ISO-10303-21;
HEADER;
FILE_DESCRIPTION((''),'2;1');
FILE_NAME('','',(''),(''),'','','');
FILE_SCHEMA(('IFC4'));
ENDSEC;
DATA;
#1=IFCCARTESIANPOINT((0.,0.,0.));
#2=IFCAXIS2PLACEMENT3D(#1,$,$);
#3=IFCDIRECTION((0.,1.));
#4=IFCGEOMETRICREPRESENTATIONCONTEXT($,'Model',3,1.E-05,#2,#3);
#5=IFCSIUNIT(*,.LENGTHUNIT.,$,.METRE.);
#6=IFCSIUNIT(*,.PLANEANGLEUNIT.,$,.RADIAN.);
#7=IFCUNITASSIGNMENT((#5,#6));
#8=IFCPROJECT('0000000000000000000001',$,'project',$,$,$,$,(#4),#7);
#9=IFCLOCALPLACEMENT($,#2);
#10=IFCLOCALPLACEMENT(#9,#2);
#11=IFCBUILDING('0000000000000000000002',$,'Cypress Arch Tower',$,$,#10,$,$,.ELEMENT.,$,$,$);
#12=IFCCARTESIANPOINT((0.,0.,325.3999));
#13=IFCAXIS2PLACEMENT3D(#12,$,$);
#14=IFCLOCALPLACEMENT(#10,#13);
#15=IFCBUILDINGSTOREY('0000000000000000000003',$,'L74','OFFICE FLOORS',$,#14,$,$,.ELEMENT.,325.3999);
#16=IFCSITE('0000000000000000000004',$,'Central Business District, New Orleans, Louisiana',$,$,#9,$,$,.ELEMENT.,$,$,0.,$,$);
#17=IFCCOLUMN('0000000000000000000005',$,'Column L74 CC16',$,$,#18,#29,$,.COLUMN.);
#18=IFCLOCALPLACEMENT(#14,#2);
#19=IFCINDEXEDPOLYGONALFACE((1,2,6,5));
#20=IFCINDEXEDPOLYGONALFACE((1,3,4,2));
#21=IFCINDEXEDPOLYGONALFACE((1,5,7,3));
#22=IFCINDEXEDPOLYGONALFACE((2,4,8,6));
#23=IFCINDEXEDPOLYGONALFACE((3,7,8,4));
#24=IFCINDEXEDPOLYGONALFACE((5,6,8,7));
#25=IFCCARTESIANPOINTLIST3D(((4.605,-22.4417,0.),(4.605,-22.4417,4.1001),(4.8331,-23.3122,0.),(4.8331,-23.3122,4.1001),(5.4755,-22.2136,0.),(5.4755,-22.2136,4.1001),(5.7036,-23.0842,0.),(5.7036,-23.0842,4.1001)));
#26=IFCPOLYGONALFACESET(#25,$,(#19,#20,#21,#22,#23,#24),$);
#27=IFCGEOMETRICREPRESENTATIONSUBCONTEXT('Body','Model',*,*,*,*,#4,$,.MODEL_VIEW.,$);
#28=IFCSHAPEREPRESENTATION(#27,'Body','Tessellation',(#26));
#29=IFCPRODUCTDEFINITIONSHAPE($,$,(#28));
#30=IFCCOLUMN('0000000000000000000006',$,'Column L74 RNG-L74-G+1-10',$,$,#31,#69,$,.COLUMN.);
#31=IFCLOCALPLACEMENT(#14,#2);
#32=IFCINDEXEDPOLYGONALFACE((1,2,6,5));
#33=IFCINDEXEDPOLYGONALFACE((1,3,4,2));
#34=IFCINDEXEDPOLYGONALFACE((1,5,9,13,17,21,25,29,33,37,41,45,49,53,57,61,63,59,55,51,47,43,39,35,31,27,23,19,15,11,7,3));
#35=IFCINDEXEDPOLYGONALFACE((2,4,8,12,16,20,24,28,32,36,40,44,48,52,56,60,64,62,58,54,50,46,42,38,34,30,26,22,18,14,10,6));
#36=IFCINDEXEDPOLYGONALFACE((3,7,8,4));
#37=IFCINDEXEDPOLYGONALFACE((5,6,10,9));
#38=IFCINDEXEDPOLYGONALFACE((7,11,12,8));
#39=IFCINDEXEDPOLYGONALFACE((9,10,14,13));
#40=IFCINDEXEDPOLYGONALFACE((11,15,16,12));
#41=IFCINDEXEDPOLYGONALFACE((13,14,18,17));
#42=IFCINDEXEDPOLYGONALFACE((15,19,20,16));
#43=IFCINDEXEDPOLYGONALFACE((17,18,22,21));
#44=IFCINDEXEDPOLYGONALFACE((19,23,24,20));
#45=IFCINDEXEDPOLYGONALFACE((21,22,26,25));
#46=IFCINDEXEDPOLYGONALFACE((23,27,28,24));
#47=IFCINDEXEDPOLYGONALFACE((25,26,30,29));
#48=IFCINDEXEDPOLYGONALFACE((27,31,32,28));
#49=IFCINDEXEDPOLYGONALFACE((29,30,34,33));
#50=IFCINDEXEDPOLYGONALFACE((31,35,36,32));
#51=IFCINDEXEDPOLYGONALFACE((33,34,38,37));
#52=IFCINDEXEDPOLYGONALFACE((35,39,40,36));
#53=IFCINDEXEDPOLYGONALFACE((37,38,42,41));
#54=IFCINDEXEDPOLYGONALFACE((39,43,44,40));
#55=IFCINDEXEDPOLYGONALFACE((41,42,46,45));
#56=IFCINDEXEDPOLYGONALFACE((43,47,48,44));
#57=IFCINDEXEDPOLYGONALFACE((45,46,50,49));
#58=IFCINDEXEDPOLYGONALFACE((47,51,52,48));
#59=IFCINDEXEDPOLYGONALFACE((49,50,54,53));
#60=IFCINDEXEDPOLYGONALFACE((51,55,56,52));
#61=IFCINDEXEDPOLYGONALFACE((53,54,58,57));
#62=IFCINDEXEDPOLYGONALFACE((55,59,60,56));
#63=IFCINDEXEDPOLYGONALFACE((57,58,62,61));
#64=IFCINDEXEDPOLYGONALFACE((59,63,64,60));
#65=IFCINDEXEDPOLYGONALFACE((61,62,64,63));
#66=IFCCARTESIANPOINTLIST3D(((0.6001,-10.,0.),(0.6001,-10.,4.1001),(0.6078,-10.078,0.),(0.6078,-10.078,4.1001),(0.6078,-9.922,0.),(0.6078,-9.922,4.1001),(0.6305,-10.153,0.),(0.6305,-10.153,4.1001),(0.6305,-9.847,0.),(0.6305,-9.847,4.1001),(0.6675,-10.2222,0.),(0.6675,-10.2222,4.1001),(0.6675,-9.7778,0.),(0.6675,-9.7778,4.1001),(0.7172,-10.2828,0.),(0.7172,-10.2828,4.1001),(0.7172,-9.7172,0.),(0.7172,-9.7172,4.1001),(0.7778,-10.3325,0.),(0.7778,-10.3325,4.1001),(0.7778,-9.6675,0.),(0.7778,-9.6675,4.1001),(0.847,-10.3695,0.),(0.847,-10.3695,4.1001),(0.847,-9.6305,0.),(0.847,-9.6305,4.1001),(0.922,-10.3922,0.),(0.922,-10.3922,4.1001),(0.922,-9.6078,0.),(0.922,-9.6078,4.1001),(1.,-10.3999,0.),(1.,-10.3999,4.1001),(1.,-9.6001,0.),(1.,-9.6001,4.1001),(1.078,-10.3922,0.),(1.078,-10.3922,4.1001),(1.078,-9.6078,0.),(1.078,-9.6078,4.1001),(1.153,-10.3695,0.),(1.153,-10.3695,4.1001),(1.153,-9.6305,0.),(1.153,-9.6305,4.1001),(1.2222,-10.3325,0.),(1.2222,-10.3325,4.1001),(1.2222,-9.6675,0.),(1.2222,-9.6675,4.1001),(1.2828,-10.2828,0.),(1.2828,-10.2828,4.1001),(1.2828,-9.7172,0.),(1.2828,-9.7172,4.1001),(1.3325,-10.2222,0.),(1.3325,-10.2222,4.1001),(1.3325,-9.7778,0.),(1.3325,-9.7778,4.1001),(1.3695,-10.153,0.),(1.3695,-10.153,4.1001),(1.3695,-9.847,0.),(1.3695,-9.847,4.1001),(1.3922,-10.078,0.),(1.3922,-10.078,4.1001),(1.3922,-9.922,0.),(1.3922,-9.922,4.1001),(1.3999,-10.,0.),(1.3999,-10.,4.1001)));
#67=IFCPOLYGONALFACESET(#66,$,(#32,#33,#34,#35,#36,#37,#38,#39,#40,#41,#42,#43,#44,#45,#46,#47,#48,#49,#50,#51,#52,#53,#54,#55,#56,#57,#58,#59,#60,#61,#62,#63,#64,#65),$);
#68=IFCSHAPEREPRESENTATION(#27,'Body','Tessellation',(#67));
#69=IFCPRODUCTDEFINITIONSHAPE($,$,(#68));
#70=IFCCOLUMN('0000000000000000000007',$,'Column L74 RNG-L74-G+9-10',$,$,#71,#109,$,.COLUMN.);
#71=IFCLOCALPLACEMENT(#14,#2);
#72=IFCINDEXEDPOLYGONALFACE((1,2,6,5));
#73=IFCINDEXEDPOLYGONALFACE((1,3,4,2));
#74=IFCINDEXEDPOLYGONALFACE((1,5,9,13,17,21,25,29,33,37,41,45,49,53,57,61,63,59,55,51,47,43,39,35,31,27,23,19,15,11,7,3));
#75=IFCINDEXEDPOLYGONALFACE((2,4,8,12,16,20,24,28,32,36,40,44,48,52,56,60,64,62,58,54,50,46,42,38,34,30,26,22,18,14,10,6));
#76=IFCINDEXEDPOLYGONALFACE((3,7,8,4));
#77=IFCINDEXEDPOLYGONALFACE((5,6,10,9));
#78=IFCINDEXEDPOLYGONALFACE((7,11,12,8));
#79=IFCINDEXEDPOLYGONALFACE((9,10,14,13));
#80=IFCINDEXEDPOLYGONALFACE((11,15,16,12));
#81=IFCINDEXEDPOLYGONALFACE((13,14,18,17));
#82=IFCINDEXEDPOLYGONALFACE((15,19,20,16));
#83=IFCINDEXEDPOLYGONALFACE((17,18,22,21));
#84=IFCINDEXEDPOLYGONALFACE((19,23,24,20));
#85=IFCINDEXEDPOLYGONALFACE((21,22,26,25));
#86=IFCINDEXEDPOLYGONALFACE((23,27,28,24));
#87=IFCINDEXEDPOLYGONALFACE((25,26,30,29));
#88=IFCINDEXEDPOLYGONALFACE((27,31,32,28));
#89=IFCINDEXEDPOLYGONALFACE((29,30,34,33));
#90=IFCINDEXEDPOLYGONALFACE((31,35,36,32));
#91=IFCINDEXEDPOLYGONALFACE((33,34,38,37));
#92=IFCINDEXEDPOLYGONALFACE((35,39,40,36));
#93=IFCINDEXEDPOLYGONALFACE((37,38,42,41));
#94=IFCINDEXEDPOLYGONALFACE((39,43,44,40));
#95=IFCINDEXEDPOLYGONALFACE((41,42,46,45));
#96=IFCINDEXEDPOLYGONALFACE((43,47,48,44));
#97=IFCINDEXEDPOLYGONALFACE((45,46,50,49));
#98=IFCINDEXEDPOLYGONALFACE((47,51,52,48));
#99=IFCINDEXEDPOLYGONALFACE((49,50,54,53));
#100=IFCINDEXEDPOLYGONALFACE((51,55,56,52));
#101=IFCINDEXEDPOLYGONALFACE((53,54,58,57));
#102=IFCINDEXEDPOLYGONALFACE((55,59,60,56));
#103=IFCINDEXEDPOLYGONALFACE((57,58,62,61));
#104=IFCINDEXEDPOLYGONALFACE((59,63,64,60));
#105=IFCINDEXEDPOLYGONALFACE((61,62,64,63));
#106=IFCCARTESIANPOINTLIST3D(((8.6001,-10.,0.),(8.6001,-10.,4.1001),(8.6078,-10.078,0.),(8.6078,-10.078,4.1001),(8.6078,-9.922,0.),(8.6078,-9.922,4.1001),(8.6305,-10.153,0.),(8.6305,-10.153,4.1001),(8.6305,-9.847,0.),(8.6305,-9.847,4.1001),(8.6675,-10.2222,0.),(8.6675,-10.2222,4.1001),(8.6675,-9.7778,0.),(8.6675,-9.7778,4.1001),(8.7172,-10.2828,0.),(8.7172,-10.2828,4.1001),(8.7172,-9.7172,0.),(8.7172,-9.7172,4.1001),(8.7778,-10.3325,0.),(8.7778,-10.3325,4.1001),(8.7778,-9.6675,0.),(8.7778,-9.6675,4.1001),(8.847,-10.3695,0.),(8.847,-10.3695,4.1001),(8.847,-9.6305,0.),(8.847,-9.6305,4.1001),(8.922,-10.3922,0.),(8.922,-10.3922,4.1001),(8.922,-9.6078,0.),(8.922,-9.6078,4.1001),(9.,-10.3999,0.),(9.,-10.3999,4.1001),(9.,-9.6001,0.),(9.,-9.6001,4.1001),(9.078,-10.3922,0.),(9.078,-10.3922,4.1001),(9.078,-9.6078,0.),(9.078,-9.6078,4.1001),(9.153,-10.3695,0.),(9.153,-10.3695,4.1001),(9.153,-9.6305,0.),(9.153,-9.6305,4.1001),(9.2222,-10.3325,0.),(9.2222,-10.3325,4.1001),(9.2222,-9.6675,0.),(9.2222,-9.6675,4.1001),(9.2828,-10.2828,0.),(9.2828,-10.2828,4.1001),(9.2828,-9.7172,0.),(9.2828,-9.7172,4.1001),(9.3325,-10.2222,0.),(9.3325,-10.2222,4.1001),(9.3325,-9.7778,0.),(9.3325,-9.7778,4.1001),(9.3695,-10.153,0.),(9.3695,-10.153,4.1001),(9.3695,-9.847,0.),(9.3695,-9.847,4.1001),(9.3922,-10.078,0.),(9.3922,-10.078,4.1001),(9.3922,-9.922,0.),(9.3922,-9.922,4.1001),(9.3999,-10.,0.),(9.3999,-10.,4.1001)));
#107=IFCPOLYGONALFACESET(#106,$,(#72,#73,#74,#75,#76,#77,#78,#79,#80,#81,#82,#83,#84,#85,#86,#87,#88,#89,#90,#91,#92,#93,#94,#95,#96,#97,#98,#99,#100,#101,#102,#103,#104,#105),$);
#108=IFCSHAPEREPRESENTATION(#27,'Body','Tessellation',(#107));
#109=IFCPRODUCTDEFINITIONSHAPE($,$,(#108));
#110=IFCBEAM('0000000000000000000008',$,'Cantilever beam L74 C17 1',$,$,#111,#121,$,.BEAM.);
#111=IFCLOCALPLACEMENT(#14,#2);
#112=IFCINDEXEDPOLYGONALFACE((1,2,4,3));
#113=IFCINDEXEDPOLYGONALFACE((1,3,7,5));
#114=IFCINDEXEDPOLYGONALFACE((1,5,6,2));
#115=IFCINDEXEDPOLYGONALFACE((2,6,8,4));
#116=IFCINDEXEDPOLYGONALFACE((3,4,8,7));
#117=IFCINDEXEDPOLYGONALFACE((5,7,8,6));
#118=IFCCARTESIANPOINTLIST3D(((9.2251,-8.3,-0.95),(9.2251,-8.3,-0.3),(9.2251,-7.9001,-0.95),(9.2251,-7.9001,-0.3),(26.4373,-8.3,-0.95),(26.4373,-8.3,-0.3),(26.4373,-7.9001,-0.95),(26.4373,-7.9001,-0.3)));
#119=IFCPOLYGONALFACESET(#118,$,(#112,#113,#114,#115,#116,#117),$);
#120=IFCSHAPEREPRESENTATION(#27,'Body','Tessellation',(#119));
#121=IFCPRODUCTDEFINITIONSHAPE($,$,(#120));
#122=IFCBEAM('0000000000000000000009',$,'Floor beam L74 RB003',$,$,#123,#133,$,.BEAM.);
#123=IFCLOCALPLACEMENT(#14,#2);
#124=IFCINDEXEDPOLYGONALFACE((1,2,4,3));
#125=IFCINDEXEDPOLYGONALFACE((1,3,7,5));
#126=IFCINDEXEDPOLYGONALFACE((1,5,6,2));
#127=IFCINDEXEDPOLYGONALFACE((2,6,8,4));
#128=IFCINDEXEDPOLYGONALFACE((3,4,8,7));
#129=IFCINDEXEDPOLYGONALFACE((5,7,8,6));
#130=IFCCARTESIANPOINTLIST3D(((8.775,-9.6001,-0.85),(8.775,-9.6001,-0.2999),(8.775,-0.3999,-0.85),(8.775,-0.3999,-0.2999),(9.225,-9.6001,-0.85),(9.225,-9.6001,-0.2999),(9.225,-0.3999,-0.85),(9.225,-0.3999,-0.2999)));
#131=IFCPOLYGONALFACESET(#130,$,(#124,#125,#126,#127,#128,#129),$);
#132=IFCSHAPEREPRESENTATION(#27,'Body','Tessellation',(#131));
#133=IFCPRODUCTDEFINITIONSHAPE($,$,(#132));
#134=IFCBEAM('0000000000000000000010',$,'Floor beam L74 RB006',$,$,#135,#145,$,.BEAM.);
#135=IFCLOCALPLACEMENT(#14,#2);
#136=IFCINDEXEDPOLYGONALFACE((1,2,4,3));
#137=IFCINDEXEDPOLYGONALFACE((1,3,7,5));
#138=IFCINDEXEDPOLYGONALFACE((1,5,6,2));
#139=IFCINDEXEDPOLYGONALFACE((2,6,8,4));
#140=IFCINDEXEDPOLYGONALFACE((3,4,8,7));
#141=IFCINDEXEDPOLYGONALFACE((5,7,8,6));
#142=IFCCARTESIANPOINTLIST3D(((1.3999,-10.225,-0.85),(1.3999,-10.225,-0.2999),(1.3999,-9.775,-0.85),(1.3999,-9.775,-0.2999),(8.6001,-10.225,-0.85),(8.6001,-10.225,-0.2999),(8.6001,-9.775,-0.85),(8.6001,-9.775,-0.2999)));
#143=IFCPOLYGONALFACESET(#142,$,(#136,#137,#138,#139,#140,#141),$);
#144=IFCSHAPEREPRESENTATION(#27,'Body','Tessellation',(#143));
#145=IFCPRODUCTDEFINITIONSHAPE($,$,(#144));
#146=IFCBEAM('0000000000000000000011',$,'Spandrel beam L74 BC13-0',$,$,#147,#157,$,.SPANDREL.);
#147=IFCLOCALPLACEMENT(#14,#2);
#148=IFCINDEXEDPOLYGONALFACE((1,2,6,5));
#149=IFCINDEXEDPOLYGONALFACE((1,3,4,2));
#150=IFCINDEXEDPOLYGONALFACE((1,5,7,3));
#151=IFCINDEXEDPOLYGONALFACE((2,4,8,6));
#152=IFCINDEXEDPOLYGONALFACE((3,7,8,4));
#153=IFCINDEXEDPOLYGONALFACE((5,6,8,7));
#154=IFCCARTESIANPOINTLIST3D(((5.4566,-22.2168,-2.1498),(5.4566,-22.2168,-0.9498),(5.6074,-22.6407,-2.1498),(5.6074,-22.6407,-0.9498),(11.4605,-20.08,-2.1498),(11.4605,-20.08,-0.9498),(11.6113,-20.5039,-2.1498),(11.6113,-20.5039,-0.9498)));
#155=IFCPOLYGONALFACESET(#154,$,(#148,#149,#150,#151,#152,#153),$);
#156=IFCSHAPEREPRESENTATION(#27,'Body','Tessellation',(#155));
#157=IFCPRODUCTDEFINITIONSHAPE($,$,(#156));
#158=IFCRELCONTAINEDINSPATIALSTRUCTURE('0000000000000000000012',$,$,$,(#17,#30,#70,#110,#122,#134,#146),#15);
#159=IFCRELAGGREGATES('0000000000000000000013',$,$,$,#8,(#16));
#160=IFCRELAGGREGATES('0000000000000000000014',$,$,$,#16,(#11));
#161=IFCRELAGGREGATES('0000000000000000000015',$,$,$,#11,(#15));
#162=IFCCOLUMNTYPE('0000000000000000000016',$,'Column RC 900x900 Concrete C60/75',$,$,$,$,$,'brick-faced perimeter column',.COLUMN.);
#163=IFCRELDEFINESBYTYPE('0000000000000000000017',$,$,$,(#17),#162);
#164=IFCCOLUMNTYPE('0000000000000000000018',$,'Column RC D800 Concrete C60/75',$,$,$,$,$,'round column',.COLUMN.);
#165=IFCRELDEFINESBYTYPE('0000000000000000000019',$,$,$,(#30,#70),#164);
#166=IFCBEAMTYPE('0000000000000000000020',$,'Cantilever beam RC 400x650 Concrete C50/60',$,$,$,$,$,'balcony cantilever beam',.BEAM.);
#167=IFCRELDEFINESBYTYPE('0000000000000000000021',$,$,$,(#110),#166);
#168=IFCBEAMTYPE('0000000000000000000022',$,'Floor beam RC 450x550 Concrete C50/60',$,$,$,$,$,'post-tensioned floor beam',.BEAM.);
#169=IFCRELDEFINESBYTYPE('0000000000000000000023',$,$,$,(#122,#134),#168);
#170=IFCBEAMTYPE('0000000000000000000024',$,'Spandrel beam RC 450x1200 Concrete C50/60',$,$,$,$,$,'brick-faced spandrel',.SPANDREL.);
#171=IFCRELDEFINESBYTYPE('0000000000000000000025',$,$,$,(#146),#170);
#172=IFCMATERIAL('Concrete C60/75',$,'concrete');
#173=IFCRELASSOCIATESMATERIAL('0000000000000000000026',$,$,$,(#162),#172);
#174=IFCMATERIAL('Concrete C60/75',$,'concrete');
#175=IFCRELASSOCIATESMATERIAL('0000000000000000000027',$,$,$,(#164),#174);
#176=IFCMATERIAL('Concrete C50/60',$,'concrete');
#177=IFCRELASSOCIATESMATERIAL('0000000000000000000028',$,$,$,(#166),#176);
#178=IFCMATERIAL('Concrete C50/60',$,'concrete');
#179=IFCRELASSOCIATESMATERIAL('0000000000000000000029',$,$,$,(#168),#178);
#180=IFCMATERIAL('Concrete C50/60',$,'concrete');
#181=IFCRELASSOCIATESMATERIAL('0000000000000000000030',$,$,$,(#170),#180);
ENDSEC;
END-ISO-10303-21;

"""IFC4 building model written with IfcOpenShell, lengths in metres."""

from ifc_helpers import new_model, si_unit, direction, frame, origin, origin_2d, place, context, subcontext, project, spatial, rectangle, circle, extrude, material, material_profile, profile_set, type_object, element, save


model = new_model("IFC4")

# Units and contexts
model_context = context("Model", 3, precision=1e-05, world=origin(), true_north=direction((0.0, 1.0)))
body_context = subcontext(model_context, "Body", "Model", "MODEL_VIEW")
ifc_project = project(units=[si_unit("LENGTHUNIT", "METRE"), si_unit("PLANEANGLEUNIT", "RADIAN")], contexts=[model_context])

# Site, building, storey
site_placement = place(None, origin())
site = spatial("IfcSite", under=ifc_project, at=site_placement, Name="Central Business District, New Orleans, Louisiana", CompositionType="ELEMENT", RefElevation=0.0)
building_placement = place(site_placement, origin())
building = spatial("IfcBuilding", under=site, at=building_placement, Name="Cypress Arch Tower", CompositionType="ELEMENT")
storey_placement = place(building_placement, frame((0.0, 0.0, 325.3999)))
storey = spatial("IfcBuildingStorey", under=building, at=storey_placement, Name="L74", Description="OFFICE FLOORS", CompositionType="ELEMENT", Elevation=325.3999)

# Columns
ifc_material_1 = material(Name="Concrete C60/75", Category="concrete")
ifc_material_profile_1 = material_profile(ifc_material_1, rectangle(XDim=0.8999, YDim=0.8999, at=origin_2d()), Name="RC 900x900")
ifc_profile_set_1 = profile_set([ifc_material_profile_1], Name="Concrete C60/75")
column_type_1 = type_object("IfcColumnType", Name="Column RC 900x900 Concrete C60/75", ElementType="brick-faced perimeter column", PredefinedType="COLUMN", material=ifc_profile_set_1)
column_placement = place(storey_placement, frame((5.1543, -22.7629, 0.0), z_axis=(0.0, 0.0, 1.0), x_axis=(0.967356, 0.253422, 0.0)))
element("IfcColumn", 1, at=column_placement, inside=storey, type_object=column_type_1, Name="Column L74 CC16", PredefinedType="COLUMN", context=body_context, shape_type="SweptSolid", body=[
    extrude(rectangle(XDim=0.8999, YDim=0.8999, at=origin_2d()), origin(), (0.0, 0.0, 1.0), 4.1001),
])
ifc_material_2 = material(Name="Concrete C60/75", Category="concrete")
ifc_material_profile_2 = material_profile(ifc_material_2, circle(Radius=0.3999, at=origin_2d()), Name="RC D800")
ifc_profile_set_2 = profile_set([ifc_material_profile_2], Name="Concrete C60/75")
column_type_2 = type_object("IfcColumnType", Name="Column RC D800 Concrete C60/75", ElementType="round column", PredefinedType="COLUMN", material=ifc_profile_set_2)
for number, where, z_axis, x_axis, name in (
    (2, (1.0, -10.0, 0.0), (0.0, 0.0, 1.0), (1.0, 0.0, 0.0), "Column L74 RNG-L74-G+1-10"),
    (3, (9.0, -10.0, 0.0), (0.0, 0.0, 1.0), (1.0, 0.0, 0.0), "Column L74 RNG-L74-G+9-10"),
):
    element("IfcColumn", number, at=place(storey_placement, frame(where, z_axis=z_axis, x_axis=x_axis)), inside=storey, type_object=column_type_2, Name=name, PredefinedType="COLUMN", context=body_context, shape_type="SweptSolid", body=[
        extrude(circle(Radius=0.3999, at=origin_2d()), origin(), (0.0, 0.0, 1.0), 4.1001),
    ])

# Beams
ifc_material_3 = material(Name="Concrete C50/60", Category="concrete")
ifc_material_profile_3 = material_profile(ifc_material_3, rectangle(XDim=0.3999, YDim=0.6499, at=origin_2d()), Name="RC 400x650")
ifc_profile_set_3 = profile_set([ifc_material_profile_3], Name="Concrete C50/60")
beam_type_1 = type_object("IfcBeamType", Name="Cantilever beam RC 400x650 Concrete C50/60", ElementType="balcony cantilever beam", PredefinedType="BEAM", material=ifc_profile_set_3)
beam_1_placement = place(storey_placement, frame((9.2251, -8.1001, -0.625), z_axis=(1.0, 0.0, 0.0), x_axis=(0.0, 1.0, 0.0)))
element("IfcBeam", 4, at=beam_1_placement, inside=storey, type_object=beam_type_1, Name="Cantilever beam L74 C17 1", PredefinedType="BEAM", context=body_context, shape_type="SweptSolid", body=[
    extrude(rectangle(XDim=0.3999, YDim=0.6499, at=origin_2d()), origin(), (0.0, 0.0, 1.0), 17.2122),
])
ifc_material_4 = material(Name="Concrete C50/60", Category="concrete")
ifc_material_profile_4 = material_profile(ifc_material_4, rectangle(XDim=0.45, YDim=0.55, at=origin_2d()), Name="RC 450x550")
ifc_profile_set_4 = profile_set([ifc_material_profile_4], Name="Concrete C50/60")
beam_type_2 = type_object("IfcBeamType", Name="Floor beam RC 450x550 Concrete C50/60", ElementType="post-tensioned floor beam", PredefinedType="BEAM", material=ifc_profile_set_4)
beam_2_placement = place(storey_placement, frame((9.0, -9.6001, -0.575), z_axis=(0.0, 1.0, 0.0), x_axis=(-1.0, 0.0, 0.0)))
element("IfcBeam", 5, at=beam_2_placement, inside=storey, type_object=beam_type_2, Name="Floor beam L74 RB003", PredefinedType="BEAM", context=body_context, shape_type="SweptSolid", body=[
    extrude(rectangle(XDim=0.45, YDim=0.55, at=origin_2d()), origin(), (0.0, 0.0, 1.0), 9.2002),
])
beam_3_placement = place(storey_placement, frame((1.3999, -10.0, -0.575), z_axis=(1.0, 0.0, 0.0), x_axis=(0.0, 1.0, 0.0)))
element("IfcBeam", 6, at=beam_3_placement, inside=storey, type_object=beam_type_2, Name="Floor beam L74 RB006", PredefinedType="BEAM", context=body_context, shape_type="SweptSolid", body=[
    extrude(rectangle(XDim=0.45, YDim=0.55, at=origin_2d()), origin(), (0.0, 0.0, 1.0), 7.2002),
])
ifc_material_5 = material(Name="Concrete C50/60", Category="concrete")
ifc_material_profile_5 = material_profile(ifc_material_5, rectangle(XDim=0.45, YDim=1.2, at=origin_2d()), Name="RC 450x1200")
ifc_profile_set_5 = profile_set([ifc_material_profile_5], Name="Concrete C50/60")
beam_type_3 = type_object("IfcBeamType", Name="Spandrel beam RC 450x1200 Concrete C50/60", ElementType="brick-faced spandrel", PredefinedType="SPANDREL", material=ifc_profile_set_5)
beam_4_placement = place(storey_placement, frame((5.532, -22.4287, -1.5498), z_axis=(0.942116, 0.335288, 0.0), x_axis=(-0.335288, 0.942116, 0.0)))
element("IfcBeam", 7, at=beam_4_placement, inside=storey, type_object=beam_type_3, Name="Spandrel beam L74 BC13-0", PredefinedType="SPANDREL", context=body_context, shape_type="SweptSolid", body=[
    extrude(rectangle(XDim=0.45, YDim=1.2, at=origin_2d()), origin(), (0.0, 0.0, 1.0), 6.3728),
])

save(model, "model.ifc")
